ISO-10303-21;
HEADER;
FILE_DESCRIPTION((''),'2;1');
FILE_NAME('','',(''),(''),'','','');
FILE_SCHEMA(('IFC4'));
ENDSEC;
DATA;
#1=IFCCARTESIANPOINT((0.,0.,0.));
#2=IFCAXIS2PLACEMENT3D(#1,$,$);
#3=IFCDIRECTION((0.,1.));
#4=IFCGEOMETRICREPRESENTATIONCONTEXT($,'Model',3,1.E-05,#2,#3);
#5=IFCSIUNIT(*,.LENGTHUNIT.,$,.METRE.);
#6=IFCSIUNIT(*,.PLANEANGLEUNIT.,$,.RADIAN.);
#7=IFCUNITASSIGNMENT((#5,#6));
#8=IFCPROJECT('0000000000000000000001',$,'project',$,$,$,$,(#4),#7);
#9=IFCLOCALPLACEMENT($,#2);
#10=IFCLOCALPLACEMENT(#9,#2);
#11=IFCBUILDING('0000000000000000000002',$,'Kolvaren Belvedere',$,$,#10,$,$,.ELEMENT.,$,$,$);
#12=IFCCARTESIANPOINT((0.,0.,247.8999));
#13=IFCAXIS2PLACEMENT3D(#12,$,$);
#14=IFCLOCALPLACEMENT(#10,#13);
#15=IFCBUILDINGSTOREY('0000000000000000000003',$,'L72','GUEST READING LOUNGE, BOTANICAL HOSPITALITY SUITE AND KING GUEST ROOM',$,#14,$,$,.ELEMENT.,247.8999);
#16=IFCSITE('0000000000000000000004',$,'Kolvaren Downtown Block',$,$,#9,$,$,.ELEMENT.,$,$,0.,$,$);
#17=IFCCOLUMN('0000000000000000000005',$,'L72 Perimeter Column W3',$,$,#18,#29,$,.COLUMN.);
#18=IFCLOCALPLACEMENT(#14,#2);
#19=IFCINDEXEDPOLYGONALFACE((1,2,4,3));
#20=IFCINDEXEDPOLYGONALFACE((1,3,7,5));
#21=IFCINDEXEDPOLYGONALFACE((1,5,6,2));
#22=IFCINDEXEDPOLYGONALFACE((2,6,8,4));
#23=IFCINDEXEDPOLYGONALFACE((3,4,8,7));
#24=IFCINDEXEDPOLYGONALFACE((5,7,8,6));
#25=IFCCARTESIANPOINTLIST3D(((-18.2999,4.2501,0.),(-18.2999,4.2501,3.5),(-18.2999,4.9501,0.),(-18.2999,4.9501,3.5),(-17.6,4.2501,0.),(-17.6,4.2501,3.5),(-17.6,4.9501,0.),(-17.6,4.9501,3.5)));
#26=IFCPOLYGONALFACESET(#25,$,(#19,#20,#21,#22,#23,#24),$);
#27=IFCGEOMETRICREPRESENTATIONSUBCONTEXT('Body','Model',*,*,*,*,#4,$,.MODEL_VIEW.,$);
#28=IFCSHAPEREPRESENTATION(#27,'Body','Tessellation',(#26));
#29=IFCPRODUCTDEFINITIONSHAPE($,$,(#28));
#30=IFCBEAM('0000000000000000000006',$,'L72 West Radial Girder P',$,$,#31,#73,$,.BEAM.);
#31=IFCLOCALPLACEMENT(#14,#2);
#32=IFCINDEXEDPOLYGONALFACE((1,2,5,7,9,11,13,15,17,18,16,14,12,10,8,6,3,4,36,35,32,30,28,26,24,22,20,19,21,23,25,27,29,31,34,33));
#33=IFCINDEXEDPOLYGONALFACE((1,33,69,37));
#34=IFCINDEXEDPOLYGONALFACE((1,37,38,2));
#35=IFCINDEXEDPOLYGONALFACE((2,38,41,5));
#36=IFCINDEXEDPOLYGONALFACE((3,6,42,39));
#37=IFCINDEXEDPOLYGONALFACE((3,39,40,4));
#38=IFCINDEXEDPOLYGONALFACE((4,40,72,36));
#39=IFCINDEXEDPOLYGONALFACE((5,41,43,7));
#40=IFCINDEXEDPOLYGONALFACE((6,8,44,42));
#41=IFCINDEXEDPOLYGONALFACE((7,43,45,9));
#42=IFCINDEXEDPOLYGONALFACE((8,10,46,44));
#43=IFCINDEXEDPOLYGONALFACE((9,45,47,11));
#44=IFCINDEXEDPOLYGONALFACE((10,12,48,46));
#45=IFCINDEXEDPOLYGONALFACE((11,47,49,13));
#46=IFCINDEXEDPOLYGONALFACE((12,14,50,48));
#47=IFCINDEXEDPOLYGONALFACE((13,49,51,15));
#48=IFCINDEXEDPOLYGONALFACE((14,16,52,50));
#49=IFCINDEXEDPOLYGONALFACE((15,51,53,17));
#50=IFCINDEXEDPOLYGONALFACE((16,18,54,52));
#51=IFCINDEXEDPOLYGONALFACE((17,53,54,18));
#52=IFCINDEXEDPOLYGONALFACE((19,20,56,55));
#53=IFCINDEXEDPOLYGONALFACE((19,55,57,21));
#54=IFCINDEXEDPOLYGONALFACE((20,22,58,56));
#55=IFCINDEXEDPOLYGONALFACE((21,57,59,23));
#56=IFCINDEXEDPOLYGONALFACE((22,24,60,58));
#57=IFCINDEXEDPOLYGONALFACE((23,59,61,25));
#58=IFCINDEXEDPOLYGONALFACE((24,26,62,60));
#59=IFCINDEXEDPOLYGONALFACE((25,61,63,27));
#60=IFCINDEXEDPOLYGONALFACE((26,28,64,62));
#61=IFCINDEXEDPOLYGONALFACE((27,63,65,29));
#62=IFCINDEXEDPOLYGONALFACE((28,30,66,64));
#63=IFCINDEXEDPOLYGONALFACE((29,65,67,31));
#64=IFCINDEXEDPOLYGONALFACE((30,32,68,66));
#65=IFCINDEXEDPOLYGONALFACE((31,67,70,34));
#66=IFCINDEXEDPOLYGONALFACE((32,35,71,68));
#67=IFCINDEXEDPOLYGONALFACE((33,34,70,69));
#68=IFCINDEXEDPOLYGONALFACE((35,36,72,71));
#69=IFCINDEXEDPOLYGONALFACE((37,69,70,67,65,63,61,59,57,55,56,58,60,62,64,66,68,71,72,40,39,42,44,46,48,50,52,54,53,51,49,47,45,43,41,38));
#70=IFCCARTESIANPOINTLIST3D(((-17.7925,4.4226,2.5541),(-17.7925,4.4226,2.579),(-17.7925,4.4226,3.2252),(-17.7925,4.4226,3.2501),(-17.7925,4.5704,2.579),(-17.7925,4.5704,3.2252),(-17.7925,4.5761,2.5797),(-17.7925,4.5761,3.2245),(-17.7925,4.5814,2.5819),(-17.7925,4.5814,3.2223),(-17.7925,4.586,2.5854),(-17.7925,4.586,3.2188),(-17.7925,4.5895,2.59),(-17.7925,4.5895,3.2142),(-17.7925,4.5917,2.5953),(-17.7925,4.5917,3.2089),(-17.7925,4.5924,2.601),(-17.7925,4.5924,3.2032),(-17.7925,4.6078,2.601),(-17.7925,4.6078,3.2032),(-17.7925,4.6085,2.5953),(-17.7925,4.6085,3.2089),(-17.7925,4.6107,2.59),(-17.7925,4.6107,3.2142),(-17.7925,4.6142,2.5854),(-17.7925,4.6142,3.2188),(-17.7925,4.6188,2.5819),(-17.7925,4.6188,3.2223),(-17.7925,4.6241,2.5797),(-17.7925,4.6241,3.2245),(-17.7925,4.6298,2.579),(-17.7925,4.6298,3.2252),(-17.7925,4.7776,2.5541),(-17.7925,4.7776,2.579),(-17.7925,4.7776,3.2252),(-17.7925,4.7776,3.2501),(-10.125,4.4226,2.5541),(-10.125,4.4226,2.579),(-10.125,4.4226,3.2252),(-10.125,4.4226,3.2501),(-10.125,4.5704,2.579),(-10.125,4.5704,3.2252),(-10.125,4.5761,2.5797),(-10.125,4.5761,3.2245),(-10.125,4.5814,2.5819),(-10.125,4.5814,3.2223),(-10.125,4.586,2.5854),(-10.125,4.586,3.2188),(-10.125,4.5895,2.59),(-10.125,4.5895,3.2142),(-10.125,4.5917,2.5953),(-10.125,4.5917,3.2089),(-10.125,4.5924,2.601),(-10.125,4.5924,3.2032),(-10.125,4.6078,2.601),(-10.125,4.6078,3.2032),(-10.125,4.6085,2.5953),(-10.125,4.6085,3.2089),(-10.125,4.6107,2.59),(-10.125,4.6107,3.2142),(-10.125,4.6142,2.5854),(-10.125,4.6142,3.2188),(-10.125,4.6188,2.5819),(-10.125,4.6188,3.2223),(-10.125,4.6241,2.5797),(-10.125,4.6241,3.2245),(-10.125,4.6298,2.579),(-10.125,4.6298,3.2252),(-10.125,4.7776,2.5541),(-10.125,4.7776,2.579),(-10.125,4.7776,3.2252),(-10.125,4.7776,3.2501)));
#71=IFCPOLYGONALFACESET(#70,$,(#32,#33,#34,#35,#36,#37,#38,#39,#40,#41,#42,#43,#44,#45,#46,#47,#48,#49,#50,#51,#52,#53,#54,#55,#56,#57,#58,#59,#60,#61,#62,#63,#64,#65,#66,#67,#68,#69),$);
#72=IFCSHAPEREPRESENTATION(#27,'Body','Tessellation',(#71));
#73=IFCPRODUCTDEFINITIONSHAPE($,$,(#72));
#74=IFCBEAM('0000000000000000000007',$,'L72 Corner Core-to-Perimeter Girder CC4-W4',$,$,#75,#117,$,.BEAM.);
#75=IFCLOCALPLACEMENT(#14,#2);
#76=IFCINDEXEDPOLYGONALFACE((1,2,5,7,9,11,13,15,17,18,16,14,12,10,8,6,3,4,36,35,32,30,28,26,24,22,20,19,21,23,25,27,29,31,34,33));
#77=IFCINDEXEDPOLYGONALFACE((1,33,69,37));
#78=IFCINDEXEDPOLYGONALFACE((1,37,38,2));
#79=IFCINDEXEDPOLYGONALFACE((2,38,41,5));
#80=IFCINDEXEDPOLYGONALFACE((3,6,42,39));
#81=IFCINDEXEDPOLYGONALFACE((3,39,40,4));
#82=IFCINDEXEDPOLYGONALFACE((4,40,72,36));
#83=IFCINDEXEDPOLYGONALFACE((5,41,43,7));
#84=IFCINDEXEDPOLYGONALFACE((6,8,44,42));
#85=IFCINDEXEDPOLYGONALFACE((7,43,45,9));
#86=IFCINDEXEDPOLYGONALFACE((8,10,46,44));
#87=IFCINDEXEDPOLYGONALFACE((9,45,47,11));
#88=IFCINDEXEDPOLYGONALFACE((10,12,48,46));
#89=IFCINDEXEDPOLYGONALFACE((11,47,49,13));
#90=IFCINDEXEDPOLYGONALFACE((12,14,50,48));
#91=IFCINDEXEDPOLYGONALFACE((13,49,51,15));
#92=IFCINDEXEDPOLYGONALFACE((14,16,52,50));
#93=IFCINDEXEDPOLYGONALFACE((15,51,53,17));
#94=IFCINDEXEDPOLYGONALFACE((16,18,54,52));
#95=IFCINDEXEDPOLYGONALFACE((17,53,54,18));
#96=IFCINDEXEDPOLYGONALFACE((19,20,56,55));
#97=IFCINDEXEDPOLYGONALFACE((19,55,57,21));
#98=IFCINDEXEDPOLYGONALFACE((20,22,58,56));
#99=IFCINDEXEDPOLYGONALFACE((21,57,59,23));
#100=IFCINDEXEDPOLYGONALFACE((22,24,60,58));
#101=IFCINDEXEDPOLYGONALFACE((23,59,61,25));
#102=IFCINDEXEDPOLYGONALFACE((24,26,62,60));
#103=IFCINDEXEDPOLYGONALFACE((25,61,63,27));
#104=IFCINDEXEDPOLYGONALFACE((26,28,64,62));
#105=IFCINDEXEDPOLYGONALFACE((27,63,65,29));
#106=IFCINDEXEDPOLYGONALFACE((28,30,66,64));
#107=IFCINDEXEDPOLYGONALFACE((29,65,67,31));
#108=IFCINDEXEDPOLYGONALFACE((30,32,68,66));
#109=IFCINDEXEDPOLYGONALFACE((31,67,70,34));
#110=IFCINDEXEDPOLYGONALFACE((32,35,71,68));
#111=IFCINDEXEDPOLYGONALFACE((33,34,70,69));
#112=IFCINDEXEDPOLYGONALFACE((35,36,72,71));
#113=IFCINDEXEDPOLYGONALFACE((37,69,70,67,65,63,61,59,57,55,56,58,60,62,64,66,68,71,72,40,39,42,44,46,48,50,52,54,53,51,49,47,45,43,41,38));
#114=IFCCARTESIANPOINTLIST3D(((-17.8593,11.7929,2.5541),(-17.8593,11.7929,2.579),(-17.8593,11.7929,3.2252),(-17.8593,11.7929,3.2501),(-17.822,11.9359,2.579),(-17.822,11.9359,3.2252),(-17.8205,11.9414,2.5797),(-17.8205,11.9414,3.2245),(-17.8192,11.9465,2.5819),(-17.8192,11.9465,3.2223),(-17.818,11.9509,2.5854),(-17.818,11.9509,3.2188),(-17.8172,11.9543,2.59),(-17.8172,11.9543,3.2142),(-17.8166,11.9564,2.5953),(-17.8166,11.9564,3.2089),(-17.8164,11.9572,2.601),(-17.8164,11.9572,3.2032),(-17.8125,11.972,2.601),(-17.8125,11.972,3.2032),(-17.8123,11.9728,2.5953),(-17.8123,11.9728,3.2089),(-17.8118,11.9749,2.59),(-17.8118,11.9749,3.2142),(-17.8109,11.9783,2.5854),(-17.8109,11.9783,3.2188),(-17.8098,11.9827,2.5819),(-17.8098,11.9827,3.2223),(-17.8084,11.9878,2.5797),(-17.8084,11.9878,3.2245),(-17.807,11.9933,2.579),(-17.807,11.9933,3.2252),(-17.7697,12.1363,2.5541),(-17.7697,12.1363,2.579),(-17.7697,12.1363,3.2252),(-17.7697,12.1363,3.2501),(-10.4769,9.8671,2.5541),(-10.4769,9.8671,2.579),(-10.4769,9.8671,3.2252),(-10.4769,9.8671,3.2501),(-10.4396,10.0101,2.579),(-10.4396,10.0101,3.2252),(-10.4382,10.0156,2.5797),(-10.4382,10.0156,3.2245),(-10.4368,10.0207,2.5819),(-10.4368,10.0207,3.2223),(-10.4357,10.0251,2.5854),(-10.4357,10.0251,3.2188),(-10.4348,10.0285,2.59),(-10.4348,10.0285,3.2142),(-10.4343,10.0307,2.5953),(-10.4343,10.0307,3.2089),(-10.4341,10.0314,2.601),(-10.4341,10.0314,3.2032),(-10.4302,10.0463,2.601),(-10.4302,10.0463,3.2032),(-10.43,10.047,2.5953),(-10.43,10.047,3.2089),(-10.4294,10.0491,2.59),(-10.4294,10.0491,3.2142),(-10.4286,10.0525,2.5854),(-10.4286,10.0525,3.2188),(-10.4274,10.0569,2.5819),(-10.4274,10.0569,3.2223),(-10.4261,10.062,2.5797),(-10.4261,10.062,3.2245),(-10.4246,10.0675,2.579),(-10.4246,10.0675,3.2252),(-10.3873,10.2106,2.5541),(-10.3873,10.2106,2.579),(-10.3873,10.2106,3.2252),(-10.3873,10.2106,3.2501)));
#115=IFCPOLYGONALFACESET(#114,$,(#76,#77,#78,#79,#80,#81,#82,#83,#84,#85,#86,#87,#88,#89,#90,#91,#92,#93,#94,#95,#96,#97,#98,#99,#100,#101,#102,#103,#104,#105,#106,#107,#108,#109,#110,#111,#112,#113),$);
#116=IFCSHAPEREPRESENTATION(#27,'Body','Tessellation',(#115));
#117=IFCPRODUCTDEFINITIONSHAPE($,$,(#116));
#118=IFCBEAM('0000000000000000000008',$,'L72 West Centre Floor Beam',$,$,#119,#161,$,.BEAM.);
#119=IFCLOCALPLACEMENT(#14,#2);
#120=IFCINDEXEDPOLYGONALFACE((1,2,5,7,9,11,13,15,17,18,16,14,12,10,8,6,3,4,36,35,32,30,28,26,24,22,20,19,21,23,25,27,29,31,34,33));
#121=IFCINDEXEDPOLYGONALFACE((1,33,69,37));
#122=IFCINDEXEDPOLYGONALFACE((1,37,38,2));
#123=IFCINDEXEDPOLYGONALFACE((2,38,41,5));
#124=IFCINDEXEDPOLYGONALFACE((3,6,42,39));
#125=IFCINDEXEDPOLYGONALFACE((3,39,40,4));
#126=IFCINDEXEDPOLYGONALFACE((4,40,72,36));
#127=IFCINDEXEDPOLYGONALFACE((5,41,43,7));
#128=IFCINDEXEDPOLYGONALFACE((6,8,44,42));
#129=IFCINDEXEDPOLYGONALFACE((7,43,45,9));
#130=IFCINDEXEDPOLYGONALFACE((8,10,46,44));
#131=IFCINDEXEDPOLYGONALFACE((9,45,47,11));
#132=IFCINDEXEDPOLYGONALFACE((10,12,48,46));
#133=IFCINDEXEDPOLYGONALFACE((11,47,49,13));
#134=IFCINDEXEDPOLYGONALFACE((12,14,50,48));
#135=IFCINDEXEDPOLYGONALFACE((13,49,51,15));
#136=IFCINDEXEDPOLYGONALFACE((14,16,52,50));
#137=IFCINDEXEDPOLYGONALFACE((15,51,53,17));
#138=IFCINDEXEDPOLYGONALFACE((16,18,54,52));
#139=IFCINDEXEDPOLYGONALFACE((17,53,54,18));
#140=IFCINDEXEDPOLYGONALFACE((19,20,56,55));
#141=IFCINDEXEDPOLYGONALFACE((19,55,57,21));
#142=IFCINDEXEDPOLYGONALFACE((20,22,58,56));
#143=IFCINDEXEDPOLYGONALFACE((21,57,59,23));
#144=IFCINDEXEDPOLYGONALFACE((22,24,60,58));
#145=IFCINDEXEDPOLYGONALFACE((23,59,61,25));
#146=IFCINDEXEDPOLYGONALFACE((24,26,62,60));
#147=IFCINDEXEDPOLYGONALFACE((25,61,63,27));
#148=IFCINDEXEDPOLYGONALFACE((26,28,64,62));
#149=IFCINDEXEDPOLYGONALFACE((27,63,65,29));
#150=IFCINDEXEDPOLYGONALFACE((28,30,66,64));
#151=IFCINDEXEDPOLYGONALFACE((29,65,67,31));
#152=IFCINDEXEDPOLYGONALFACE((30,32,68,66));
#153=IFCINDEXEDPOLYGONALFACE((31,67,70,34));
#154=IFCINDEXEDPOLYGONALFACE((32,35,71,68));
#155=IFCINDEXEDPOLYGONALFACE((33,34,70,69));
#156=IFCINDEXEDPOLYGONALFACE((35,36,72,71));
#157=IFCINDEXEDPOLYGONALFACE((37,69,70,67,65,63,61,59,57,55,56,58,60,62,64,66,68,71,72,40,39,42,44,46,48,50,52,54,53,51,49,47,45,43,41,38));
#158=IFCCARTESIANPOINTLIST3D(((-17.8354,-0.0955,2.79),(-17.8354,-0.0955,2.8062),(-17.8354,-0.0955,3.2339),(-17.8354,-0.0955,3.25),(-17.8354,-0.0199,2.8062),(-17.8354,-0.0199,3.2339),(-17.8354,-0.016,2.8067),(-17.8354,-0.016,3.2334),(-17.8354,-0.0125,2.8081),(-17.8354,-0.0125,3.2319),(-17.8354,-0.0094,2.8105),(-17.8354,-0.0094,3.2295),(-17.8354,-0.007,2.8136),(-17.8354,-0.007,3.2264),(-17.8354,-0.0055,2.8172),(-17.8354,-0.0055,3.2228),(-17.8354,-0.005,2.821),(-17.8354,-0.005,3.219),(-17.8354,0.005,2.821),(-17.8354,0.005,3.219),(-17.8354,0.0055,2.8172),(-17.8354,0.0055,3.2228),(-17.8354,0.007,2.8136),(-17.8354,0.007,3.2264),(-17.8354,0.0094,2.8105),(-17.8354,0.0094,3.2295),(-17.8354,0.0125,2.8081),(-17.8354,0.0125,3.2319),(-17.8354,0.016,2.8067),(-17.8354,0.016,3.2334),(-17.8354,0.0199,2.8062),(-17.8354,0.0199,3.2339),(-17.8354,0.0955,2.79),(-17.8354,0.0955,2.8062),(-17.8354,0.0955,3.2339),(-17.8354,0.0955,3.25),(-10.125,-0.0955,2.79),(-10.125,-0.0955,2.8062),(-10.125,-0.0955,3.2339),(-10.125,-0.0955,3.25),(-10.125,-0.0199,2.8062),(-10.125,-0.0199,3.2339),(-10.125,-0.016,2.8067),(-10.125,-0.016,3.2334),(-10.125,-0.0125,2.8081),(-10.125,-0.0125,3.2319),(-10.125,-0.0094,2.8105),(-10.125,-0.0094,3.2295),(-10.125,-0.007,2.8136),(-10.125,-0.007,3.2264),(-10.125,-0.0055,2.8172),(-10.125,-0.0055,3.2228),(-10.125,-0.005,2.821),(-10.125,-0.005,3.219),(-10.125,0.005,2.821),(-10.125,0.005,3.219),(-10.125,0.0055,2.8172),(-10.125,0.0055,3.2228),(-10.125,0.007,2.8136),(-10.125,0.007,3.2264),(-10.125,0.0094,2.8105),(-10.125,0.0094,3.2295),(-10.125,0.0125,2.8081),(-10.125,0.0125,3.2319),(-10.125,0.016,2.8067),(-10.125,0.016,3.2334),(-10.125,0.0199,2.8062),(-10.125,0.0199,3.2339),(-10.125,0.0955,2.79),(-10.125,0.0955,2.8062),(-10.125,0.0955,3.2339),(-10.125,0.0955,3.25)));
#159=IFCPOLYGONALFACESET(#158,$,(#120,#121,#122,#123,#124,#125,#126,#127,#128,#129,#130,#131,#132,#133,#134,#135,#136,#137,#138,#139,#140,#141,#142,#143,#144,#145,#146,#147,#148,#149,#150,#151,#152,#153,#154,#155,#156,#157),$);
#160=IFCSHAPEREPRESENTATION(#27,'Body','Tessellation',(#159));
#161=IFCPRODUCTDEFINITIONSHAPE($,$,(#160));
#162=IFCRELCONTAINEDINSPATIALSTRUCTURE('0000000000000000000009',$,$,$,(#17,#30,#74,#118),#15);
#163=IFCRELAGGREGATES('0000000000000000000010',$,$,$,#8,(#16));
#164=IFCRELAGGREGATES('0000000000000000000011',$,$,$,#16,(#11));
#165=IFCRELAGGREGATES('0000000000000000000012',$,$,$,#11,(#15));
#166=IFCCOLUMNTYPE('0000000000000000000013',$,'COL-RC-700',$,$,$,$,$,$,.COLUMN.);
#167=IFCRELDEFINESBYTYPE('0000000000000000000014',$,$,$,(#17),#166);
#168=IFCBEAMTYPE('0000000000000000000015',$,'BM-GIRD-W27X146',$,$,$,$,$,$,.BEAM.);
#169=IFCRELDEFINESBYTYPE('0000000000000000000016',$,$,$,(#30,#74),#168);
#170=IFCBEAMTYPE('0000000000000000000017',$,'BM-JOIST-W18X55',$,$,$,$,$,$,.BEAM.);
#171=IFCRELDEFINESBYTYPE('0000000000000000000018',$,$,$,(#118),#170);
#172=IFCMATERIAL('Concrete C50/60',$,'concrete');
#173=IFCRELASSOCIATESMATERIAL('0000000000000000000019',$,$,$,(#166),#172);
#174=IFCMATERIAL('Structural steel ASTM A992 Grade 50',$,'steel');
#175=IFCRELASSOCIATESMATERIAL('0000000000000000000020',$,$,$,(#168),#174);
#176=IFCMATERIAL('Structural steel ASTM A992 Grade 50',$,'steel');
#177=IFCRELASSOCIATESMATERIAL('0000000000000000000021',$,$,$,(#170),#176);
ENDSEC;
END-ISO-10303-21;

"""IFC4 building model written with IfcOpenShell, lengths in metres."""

from ifc_helpers import new_model, si_unit, direction, frame, origin, origin_2d, place, context, subcontext, project, spatial, rectangle, i_section, extrude, material, material_profile, profile_set, type_object, element, save


model = new_model("IFC4")

# Units and contexts
model_context = context("Model", 3, precision=1e-05, world=origin(), true_north=direction((0.0, 1.0)))
body_context = subcontext(model_context, "Body", "Model", "MODEL_VIEW")
ifc_project = project(units=[si_unit("LENGTHUNIT", "METRE"), si_unit("PLANEANGLEUNIT", "RADIAN")], contexts=[model_context])

# Site, building, storey
site_placement = place(None, origin())
site = spatial("IfcSite", under=ifc_project, at=site_placement, Name="Kolvaren Downtown Block", CompositionType="ELEMENT", RefElevation=0.0)
building_placement = place(site_placement, origin())
building = spatial("IfcBuilding", under=site, at=building_placement, Name="Kolvaren Belvedere", CompositionType="ELEMENT")
storey_placement = place(building_placement, frame((0.0, 0.0, 247.8999)))
storey = spatial("IfcBuildingStorey", under=building, at=storey_placement, Name="L72", Description="GUEST READING LOUNGE, BOTANICAL HOSPITALITY SUITE AND KING GUEST ROOM", CompositionType="ELEMENT", Elevation=247.8999)

# Column
ifc_material_1 = material(Name="Concrete C50/60", Category="concrete")
ifc_material_profile_1 = material_profile(ifc_material_1, rectangle(XDim=0.7, YDim=0.7, at=origin_2d()), Name="RC 700X700")
ifc_profile_set_1 = profile_set([ifc_material_profile_1], Name="Concrete C50/60")
column_type = type_object("IfcColumnType", Name="COL-RC-700", PredefinedType="COLUMN", material=ifc_profile_set_1)
column_placement = place(storey_placement, frame((-17.95, 4.6001, 0.0), z_axis=(0.0, 0.0, 1.0), x_axis=(1.0, 0.0, 0.0)))
element("IfcColumn", 1, at=column_placement, inside=storey, type_object=column_type, Name="L72 Perimeter Column W3", PredefinedType="COLUMN", context=body_context, shape_type="SweptSolid", body=[
    extrude(rectangle(XDim=0.7, YDim=0.7, at=origin_2d()), origin(), (0.0, 0.0, 1.0), 3.5),
])

# Beams
ifc_material_2 = material(Name="Structural steel ASTM A992 Grade 50", Category="steel")
ifc_material_profile_2 = material_profile(ifc_material_2, i_section(OverallWidth=0.355, OverallDepth=0.696, WebThickness=0.0154, FlangeThickness=0.0249, FilletRadius=0.022, at=origin_2d()), Name="W27X146")
ifc_profile_set_2 = profile_set([ifc_material_profile_2], Name="Structural steel ASTM A992 Grade 50")
beam_type_1 = type_object("IfcBeamType", Name="BM-GIRD-W27X146", PredefinedType="BEAM", material=ifc_profile_set_2)
beam_1_placement = place(storey_placement, frame((-10.125, 4.6001, 2.9021), z_axis=(-1.0, 0.0, 0.0), x_axis=(0.0, -1.0, 0.0)))
element("IfcBeam", 2, at=beam_1_placement, inside=storey, type_object=beam_type_1, Name="L72 West Radial Girder P", PredefinedType="BEAM", context=body_context, shape_type="SweptSolid", body=[
    extrude(i_section(OverallWidth=0.355, OverallDepth=0.696, WebThickness=0.0154, FlangeThickness=0.0249, FilletRadius=0.022, at=origin_2d()), origin(), (0.0, 0.0, 1.0), 7.6675),
])
beam_2_placement = place(storey_placement, frame((-10.4321, 10.0388, 2.9021), z_axis=(-0.967619, 0.252417, 0.0), x_axis=(-0.252417, -0.967619, 0.0)))
element("IfcBeam", 3, at=beam_2_placement, inside=storey, type_object=beam_type_1, Name="L72 Corner Core-to-Perimeter Girder CC4-W4", PredefinedType="BEAM", context=body_context, shape_type="SweptSolid", body=[
    extrude(i_section(OverallWidth=0.355, OverallDepth=0.696, WebThickness=0.0154, FlangeThickness=0.0249, FilletRadius=0.022, at=origin_2d()), origin(), (0.0, 0.0, 1.0), 7.6294),
])
ifc_material_3 = material(Name="Structural steel ASTM A992 Grade 50", Category="steel")
ifc_material_profile_3 = material_profile(ifc_material_3, i_section(OverallWidth=0.1909, OverallDepth=0.46, WebThickness=0.01, FlangeThickness=0.0161, FilletRadius=0.0149, at=origin_2d()), Name="W18X55")
ifc_profile_set_3 = profile_set([ifc_material_profile_3], Name="Structural steel ASTM A992 Grade 50")
beam_type_2 = type_object("IfcBeamType", Name="BM-JOIST-W18X55", PredefinedType="BEAM", material=ifc_profile_set_3)
beam_3_placement = place(storey_placement, frame((-10.125, 0.0, 3.02), z_axis=(-1.0, 0.0, 0.0), x_axis=(0.0, -1.0, 0.0)))
element("IfcBeam", 4, at=beam_3_placement, inside=storey, type_object=beam_type_2, Name="L72 West Centre Floor Beam", PredefinedType="BEAM", context=body_context, shape_type="SweptSolid", body=[
    extrude(i_section(OverallWidth=0.1909, OverallDepth=0.46, WebThickness=0.01, FlangeThickness=0.0161, FilletRadius=0.0149, at=origin_2d()), origin(), (0.0, 0.0, 1.0), 7.7104),
])

save(model, "model.ifc")
